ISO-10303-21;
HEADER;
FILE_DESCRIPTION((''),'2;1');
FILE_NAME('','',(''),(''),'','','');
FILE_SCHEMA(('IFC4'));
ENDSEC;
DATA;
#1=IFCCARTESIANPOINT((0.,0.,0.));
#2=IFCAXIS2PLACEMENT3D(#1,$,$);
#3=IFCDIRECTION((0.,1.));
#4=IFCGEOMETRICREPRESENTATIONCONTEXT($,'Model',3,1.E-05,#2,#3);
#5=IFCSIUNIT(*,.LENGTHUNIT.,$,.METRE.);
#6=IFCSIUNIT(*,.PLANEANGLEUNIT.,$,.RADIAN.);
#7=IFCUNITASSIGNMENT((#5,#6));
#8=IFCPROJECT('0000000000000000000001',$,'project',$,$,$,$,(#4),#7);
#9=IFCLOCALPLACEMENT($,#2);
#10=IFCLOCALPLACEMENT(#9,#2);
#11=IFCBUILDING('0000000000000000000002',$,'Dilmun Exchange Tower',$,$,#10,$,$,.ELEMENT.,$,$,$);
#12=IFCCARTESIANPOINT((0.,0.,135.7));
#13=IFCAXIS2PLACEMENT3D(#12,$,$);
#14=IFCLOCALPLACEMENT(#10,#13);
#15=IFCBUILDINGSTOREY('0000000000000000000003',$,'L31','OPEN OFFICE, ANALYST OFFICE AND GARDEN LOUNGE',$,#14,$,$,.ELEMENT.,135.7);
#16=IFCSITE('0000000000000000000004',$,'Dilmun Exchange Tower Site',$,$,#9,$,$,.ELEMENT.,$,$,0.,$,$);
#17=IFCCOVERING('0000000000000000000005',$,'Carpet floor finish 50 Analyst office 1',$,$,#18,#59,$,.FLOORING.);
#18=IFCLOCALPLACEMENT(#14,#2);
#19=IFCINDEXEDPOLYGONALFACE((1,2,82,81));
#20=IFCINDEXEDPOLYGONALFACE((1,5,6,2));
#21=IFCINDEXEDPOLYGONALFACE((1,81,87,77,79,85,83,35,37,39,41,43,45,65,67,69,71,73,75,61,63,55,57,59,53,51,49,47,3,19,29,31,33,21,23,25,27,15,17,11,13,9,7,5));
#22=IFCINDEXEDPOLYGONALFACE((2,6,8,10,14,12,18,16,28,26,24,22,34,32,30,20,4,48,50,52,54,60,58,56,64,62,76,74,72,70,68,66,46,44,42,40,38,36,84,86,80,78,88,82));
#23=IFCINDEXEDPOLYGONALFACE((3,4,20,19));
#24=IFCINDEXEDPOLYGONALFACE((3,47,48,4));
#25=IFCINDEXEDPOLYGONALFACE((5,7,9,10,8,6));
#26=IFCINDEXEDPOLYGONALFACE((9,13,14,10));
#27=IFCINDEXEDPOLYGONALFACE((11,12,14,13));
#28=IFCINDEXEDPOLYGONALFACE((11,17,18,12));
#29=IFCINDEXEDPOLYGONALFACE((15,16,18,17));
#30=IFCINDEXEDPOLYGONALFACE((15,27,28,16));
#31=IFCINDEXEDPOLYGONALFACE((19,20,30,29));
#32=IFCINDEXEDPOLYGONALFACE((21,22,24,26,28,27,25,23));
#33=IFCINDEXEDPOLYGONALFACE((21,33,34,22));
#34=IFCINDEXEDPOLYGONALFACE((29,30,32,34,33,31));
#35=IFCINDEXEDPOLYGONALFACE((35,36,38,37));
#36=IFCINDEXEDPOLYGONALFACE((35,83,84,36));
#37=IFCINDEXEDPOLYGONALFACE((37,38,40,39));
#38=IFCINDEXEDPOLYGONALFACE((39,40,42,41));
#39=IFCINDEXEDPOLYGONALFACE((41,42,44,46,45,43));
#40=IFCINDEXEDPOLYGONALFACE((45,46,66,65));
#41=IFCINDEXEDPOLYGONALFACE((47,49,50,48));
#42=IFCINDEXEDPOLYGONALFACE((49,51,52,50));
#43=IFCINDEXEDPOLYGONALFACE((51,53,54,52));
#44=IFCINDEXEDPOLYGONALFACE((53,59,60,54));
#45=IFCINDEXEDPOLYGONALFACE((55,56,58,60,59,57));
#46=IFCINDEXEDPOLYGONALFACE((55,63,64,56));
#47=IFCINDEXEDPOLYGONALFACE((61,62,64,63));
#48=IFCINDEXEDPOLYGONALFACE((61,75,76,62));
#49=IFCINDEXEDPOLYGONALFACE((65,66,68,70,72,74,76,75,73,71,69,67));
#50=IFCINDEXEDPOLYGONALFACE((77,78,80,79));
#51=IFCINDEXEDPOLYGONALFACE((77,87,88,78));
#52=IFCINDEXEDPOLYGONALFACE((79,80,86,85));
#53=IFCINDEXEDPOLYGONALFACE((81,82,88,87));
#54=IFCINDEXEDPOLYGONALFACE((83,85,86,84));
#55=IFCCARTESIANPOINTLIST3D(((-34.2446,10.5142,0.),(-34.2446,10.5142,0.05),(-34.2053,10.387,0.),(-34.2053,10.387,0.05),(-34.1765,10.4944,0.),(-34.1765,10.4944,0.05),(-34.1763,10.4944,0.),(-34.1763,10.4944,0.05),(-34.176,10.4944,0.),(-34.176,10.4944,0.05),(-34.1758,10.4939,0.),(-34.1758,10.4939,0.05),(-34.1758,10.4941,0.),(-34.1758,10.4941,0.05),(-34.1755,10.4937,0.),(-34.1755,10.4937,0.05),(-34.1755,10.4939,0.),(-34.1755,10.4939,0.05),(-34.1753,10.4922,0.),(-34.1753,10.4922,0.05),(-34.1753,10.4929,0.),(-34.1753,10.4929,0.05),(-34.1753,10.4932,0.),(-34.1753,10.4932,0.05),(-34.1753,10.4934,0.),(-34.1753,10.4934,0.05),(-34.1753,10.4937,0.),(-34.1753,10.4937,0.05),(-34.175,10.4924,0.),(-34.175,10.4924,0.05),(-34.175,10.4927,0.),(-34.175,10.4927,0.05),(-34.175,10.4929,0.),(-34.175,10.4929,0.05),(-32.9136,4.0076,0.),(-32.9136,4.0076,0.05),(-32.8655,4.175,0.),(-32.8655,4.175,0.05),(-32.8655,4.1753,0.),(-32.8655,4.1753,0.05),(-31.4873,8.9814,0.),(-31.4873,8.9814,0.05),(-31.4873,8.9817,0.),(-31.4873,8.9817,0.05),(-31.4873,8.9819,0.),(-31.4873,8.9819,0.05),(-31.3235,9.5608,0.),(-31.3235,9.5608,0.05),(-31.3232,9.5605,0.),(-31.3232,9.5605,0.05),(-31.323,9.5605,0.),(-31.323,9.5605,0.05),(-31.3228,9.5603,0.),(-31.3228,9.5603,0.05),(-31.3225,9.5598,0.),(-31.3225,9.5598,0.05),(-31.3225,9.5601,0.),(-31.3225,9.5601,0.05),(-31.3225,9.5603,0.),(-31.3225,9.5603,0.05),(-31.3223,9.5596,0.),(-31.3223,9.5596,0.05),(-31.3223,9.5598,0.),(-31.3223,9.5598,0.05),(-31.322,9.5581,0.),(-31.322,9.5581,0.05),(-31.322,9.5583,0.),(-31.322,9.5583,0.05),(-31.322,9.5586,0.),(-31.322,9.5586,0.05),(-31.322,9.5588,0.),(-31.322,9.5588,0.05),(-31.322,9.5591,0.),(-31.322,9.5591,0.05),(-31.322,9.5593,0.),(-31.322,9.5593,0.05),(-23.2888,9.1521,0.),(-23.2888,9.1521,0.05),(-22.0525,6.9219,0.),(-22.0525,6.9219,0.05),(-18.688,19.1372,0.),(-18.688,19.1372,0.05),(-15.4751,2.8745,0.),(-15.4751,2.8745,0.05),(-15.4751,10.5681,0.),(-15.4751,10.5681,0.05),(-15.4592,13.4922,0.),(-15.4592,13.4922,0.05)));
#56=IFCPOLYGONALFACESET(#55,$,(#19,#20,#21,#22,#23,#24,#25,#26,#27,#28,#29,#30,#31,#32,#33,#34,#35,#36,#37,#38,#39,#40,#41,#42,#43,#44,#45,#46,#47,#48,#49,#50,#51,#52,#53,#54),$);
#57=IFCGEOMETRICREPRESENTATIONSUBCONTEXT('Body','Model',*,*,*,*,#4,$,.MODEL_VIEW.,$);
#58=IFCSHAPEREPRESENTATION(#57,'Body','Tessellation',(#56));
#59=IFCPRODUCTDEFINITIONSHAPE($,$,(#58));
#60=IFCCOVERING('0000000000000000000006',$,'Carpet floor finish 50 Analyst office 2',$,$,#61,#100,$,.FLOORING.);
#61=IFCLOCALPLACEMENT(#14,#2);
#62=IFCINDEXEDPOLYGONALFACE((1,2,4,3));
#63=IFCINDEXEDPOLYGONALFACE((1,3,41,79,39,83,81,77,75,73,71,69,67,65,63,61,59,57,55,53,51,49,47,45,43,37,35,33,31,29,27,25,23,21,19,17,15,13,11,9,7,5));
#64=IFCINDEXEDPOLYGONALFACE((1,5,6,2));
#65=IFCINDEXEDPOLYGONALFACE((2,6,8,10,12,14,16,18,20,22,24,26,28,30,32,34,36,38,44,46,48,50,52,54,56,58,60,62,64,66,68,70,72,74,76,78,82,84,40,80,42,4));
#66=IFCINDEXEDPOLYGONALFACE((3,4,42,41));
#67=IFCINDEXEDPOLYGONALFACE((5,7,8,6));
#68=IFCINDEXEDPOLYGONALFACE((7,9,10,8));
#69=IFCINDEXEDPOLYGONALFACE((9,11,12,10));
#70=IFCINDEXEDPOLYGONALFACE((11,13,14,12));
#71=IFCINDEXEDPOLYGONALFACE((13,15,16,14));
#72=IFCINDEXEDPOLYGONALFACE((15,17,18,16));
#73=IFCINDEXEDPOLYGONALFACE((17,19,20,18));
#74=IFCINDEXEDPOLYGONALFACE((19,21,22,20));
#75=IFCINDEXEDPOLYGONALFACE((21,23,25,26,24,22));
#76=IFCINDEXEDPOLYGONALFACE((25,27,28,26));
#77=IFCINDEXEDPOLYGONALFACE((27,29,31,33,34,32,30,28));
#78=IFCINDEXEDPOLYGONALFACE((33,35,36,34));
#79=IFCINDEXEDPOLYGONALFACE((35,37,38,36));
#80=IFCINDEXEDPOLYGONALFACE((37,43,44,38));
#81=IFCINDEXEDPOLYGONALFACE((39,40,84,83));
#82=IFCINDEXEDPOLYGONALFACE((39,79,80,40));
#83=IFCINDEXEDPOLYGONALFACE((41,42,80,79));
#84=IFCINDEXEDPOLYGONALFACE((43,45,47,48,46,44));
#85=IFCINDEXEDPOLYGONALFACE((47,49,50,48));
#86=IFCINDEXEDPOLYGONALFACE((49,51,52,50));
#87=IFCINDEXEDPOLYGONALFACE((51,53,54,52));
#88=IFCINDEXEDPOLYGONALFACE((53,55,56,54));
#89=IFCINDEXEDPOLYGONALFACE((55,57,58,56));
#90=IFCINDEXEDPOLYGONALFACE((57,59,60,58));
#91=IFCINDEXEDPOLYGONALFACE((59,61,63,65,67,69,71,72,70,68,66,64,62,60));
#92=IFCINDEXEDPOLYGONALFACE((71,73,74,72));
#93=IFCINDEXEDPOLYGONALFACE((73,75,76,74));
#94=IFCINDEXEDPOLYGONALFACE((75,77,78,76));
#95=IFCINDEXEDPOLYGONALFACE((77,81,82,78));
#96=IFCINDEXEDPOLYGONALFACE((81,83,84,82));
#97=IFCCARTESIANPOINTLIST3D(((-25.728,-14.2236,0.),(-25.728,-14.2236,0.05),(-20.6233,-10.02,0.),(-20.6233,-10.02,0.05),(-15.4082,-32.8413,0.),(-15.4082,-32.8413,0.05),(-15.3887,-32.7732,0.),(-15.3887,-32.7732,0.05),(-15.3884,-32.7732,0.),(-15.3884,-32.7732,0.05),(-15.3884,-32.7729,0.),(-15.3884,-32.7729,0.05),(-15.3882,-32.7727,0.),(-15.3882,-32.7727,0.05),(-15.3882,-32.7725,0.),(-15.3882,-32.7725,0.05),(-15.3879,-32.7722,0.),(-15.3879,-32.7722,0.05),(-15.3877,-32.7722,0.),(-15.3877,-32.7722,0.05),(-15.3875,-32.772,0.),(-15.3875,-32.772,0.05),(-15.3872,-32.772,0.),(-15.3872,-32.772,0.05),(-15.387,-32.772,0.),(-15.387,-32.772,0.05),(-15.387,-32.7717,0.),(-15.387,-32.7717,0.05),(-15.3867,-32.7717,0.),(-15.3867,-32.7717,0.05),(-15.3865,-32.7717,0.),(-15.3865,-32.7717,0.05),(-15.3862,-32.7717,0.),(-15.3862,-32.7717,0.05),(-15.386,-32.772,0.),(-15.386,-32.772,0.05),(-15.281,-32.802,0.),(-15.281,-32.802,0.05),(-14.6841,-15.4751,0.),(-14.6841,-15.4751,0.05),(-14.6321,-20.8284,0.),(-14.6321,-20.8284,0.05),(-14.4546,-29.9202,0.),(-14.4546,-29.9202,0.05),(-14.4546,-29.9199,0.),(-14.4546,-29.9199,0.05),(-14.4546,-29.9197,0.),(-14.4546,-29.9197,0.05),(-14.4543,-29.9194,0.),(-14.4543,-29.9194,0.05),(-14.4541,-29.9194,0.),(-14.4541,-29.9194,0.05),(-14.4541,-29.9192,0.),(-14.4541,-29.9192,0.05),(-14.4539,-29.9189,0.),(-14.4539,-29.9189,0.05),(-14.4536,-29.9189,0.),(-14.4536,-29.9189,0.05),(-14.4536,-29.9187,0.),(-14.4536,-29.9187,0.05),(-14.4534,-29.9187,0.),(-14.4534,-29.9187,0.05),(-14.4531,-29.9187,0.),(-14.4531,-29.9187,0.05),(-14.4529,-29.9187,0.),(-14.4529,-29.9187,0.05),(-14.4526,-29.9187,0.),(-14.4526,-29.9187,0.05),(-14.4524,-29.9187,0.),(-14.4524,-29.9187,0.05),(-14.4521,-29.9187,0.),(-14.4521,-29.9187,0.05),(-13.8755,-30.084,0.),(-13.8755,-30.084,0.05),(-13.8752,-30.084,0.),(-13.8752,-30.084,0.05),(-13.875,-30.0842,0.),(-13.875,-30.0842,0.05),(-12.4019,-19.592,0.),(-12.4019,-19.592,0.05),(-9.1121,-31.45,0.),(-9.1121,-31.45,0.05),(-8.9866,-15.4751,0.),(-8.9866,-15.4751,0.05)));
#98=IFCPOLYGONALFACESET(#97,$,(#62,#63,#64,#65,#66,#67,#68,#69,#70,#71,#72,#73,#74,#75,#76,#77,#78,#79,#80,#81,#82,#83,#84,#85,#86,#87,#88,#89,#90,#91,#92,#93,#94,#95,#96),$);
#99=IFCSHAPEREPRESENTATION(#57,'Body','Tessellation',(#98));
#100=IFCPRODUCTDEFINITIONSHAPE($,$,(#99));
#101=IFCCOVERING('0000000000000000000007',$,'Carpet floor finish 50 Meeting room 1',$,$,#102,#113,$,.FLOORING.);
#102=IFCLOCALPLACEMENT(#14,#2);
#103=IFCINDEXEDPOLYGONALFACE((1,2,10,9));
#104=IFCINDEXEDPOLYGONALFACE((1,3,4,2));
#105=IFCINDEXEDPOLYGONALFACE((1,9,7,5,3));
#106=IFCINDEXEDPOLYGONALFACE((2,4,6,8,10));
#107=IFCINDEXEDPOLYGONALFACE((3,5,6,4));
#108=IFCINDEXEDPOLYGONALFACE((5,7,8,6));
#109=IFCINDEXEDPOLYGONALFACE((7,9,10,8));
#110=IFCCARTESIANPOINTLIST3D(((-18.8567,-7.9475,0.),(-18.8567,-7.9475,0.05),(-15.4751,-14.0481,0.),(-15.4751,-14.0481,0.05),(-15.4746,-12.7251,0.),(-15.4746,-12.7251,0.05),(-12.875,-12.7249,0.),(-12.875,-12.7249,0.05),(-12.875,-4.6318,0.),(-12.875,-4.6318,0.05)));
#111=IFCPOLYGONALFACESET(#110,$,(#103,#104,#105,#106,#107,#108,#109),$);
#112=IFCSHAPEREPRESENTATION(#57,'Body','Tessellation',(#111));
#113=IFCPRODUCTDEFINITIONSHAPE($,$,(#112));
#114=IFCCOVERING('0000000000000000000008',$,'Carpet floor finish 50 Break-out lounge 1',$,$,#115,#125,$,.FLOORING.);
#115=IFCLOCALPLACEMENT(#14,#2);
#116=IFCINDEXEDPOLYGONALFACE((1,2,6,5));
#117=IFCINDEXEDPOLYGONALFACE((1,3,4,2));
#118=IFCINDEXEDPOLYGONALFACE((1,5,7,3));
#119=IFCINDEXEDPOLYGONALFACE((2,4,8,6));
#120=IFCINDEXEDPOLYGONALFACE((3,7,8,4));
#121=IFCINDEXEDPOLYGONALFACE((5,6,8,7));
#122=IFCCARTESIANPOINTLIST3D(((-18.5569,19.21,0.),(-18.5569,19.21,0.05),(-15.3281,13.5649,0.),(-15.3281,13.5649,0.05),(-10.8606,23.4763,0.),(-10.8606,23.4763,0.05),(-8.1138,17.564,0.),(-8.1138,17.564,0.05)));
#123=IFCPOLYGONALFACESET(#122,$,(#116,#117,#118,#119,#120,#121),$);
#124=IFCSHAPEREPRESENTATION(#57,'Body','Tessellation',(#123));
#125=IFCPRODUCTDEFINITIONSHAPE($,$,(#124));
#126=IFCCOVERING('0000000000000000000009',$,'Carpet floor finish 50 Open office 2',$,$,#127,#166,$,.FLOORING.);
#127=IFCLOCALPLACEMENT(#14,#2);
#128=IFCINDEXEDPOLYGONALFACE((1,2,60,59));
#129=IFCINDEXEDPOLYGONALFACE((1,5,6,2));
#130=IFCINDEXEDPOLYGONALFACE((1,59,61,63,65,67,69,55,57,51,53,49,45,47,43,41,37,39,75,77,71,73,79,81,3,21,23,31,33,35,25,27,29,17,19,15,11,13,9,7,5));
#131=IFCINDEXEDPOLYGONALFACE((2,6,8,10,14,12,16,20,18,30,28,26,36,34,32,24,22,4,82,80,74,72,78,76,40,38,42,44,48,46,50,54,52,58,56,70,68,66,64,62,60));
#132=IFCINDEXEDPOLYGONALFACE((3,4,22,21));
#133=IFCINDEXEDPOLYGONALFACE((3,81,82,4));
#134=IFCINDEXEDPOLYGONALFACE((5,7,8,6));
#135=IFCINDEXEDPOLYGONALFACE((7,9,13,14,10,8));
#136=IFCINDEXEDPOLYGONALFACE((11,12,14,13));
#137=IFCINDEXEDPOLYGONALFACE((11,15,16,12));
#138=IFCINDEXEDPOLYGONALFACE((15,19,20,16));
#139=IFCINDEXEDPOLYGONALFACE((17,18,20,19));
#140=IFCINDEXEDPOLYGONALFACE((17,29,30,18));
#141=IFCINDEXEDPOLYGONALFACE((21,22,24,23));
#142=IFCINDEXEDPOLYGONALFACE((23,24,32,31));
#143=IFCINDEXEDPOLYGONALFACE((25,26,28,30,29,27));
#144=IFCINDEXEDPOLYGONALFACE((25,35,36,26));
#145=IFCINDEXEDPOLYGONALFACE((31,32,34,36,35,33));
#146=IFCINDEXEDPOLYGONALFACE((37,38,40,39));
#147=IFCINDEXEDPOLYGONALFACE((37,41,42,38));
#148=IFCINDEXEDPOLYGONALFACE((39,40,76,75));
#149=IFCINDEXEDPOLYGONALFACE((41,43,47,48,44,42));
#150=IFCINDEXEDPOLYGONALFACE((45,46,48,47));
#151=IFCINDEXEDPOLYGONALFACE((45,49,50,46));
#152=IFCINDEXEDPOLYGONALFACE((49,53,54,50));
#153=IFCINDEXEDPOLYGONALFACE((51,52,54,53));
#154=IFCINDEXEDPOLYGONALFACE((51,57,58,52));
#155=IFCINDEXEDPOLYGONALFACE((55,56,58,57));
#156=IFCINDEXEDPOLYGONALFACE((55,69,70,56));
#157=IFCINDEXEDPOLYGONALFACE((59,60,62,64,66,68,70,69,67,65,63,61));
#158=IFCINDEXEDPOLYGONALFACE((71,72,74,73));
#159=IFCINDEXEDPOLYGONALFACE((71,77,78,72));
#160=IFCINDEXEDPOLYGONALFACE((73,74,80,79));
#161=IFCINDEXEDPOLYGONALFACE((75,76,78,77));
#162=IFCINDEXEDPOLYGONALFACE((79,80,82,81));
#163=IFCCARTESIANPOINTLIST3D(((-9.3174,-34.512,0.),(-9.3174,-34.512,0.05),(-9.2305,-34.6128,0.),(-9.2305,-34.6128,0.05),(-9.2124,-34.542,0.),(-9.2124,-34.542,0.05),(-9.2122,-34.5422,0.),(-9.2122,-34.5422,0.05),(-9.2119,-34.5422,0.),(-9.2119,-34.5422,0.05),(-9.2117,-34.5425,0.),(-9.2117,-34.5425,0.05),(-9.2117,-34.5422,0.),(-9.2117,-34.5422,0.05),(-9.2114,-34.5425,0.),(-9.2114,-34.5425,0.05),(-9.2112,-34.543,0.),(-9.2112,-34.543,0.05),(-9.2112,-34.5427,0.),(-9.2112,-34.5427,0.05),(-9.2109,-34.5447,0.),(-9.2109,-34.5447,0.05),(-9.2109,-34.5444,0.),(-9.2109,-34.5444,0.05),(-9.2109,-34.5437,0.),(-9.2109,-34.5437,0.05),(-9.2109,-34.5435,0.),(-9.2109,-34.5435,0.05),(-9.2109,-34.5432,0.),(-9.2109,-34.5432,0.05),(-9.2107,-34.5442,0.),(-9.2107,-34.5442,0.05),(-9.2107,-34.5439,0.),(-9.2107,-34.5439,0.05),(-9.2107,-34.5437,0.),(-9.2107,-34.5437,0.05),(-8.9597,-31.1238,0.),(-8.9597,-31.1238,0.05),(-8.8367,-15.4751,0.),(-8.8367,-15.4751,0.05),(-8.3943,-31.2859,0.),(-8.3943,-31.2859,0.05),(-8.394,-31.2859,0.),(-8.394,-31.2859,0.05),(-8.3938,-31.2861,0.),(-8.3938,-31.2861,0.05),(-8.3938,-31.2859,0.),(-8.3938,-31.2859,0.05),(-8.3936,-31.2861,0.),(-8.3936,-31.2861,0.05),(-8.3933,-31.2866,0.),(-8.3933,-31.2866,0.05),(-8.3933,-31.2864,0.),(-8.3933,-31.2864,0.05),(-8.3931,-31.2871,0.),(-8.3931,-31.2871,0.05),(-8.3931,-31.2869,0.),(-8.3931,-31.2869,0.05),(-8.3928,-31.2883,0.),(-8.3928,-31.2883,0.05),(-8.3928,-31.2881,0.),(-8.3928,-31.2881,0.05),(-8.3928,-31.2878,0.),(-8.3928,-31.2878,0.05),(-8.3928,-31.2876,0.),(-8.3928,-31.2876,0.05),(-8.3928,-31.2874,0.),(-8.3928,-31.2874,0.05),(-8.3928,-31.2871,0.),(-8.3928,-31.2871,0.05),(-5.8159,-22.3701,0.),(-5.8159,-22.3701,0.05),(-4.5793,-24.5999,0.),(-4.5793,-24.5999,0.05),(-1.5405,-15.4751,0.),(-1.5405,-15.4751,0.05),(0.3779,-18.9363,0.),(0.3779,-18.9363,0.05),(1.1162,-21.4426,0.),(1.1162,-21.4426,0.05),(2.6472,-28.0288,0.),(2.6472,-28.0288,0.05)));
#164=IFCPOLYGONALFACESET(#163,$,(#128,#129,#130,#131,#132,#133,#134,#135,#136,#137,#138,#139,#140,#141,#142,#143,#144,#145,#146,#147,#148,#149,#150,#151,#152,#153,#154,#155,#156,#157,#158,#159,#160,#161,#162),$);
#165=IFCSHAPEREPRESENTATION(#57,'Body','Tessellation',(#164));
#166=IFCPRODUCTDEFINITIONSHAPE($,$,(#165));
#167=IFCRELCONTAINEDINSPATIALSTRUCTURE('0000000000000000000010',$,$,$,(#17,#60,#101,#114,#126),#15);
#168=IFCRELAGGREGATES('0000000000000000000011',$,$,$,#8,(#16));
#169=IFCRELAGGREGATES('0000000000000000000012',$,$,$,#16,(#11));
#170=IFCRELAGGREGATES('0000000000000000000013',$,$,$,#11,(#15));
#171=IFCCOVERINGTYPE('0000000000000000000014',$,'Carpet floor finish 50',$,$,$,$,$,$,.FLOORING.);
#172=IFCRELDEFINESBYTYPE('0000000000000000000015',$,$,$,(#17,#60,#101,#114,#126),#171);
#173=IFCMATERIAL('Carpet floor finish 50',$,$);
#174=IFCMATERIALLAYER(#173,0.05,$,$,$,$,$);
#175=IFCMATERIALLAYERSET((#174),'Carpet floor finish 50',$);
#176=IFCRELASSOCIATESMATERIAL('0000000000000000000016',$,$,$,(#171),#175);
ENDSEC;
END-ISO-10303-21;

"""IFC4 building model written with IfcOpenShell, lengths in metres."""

from ifc_helpers import new_model, si_unit, direction, frame, origin, place, context, subcontext, project, spatial, polyline, outline, extrude, material, layer, layer_set, type_object, element, save


model = new_model("IFC4")

# Units and contexts
model_context = context("Model", 3, precision=1e-05, world=origin(), true_north=direction((0.0, 1.0)))
body_context = subcontext(model_context, "Body", "Model", "MODEL_VIEW")
ifc_project = project(units=[si_unit("LENGTHUNIT", "METRE"), si_unit("PLANEANGLEUNIT", "RADIAN")], contexts=[model_context])

# Site, building, storey
site_placement = place(None, origin())
site = spatial("IfcSite", under=ifc_project, at=site_placement, Name="Dilmun Exchange Tower Site", CompositionType="ELEMENT", RefElevation=0.0)
building_placement = place(site_placement, origin())
building = spatial("IfcBuilding", under=site, at=building_placement, Name="Dilmun Exchange Tower", CompositionType="ELEMENT")
storey_placement = place(building_placement, frame((0.0, 0.0, 135.7)))
storey = spatial("IfcBuildingStorey", under=building, at=storey_placement, Name="L31", Description="OPEN OFFICE, ANALYST OFFICE AND GARDEN LOUNGE", CompositionType="ELEMENT", Elevation=135.7)

# Coverings
ifc_material_1 = material(Name="Carpet floor finish 50")
ifc_layer_1 = layer(ifc_material_1, 0.05)
ifc_layer_set_1 = layer_set([ifc_layer_1], Name="Carpet floor finish 50")
covering_type_1 = type_object("IfcCoveringType", Name="Carpet floor finish 50", PredefinedType="FLOORING", material=ifc_layer_set_1)
covering_1_placement = place(storey_placement, origin())
element("IfcCovering", 1, at=covering_1_placement, inside=storey, type_object=covering_type_1, Name="Carpet floor finish 50 Analyst office 1", PredefinedType="FLOORING", context=body_context, shape_type="SweptSolid", body=[
    extrude(outline(polyline([(-15.4592, 13.4922), (-23.2888, 9.1521), (-22.0525, 6.9219), (-15.4751, 10.5681), (-15.4751, 2.8745), (-32.9136, 4.0076), (-32.8655, 4.175), (-32.8655, 4.1753), (-32.8655, 4.1753), (-31.4873, 8.9814), (-31.4873, 8.9817), (-31.4873, 8.9817), (-31.4873, 8.9819), (-31.322, 9.5581), (-31.322, 9.5583), (-31.322, 9.5586), (-31.322, 9.5588), (-31.322, 9.5591), (-31.322, 9.5591), (-31.322, 9.5593), (-31.3223, 9.5596), (-31.3223, 9.5598), (-31.3225, 9.5598), (-31.3225, 9.5601), (-31.3225, 9.5603), (-31.3228, 9.5603), (-31.323, 9.5605), (-31.323, 9.5605), (-31.3232, 9.5605), (-31.3235, 9.5608), (-34.2053, 10.387), (-34.1753, 10.4922), (-34.1753, 10.4922), (-34.175, 10.4924), (-34.175, 10.4927), (-34.175, 10.4929), (-34.1753, 10.4929), (-34.1753, 10.4932), (-34.1753, 10.4934), (-34.1753, 10.4937), (-34.1755, 10.4937), (-34.1755, 10.4939), (-34.1758, 10.4939), (-34.1758, 10.4941), (-34.176, 10.4944), (-34.1763, 10.4944), (-34.1765, 10.4944), (-34.1765, 10.4944), (-34.2446, 10.5142), (-18.688, 19.1372), (-15.4592, 13.4922)])), origin(), (0.0, 0.0, 1.0), 0.05),
])
covering_2_placement = place(storey_placement, origin())
element("IfcCovering", 2, at=covering_2_placement, inside=storey, type_object=covering_type_1, Name="Carpet floor finish 50 Analyst office 2", PredefinedType="FLOORING", context=body_context, shape_type="SweptSolid", body=[
    extrude(outline(polyline([(-14.6841, -15.4751), (-8.9866, -15.4751), (-9.1121, -31.45), (-13.875, -30.0842), (-13.8752, -30.084), (-13.8755, -30.084), (-14.4521, -29.9187), (-14.4524, -29.9187), (-14.4524, -29.9187), (-14.4526, -29.9187), (-14.4529, -29.9187), (-14.4531, -29.9187), (-14.4534, -29.9187), (-14.4536, -29.9187), (-14.4536, -29.9189), (-14.4539, -29.9189), (-14.4541, -29.9192), (-14.4541, -29.9192), (-14.4541, -29.9194), (-14.4543, -29.9194), (-14.4546, -29.9197), (-14.4546, -29.9199), (-14.4546, -29.9202), (-15.281, -32.802), (-15.386, -32.772), (-15.3862, -32.7717), (-15.3865, -32.7717), (-15.3867, -32.7717), (-15.387, -32.7717), (-15.387, -32.772), (-15.3872, -32.772), (-15.3875, -32.772), (-15.3877, -32.7722), (-15.3877, -32.7722), (-15.3879, -32.7722), (-15.3882, -32.7725), (-15.3882, -32.7727), (-15.3882, -32.7727), (-15.3884, -32.7729), (-15.3884, -32.7732), (-15.3887, -32.7732), (-15.4082, -32.8413), (-25.728, -14.2236), (-20.6233, -10.02), (-14.6321, -20.8284), (-12.4019, -19.592), (-14.6841, -15.4751)])), origin(), (0.0, 0.0, 1.0), 0.05),
])
covering_3_placement = place(storey_placement, origin())
element("IfcCovering", 3, at=covering_3_placement, inside=storey, type_object=covering_type_1, Name="Carpet floor finish 50 Meeting room 1", PredefinedType="FLOORING", context=body_context, shape_type="SweptSolid", body=[
    extrude(outline(polyline([(-12.875, -4.6318), (-12.875, -12.7249), (-15.4746, -12.7251), (-15.4751, -14.0481), (-18.8567, -7.9475), (-12.875, -4.6318)])), origin(), (0.0, 0.0, 1.0), 0.05),
])
covering_4_placement = place(storey_placement, origin())
element("IfcCovering", 4, at=covering_4_placement, inside=storey, type_object=covering_type_1, Name="Carpet floor finish 50 Break-out lounge 1", PredefinedType="FLOORING", context=body_context, shape_type="SweptSolid", body=[
    extrude(outline(polyline([(-8.1138, 17.564), (-15.3281, 13.5649), (-18.5569, 19.21), (-10.8606, 23.4763), (-8.1138, 17.564)])), origin(), (0.0, 0.0, 1.0), 0.05),
])
covering_5_placement = place(storey_placement, origin())
element("IfcCovering", 5, at=covering_5_placement, inside=storey, type_object=covering_type_1, Name="Carpet floor finish 50 Open office 2", PredefinedType="FLOORING", context=body_context, shape_type="SweptSolid", body=[
    extrude(outline(polyline([(-8.8367, -15.4751), (-1.5405, -15.4751), (0.3779, -18.9363), (-5.8159, -22.3701), (-4.5793, -24.5999), (1.1162, -21.4426), (2.6472, -28.0288), (-9.2305, -34.6128), (-9.2109, -34.5447), (-9.2109, -34.5444), (-9.2107, -34.5442), (-9.2107, -34.5439), (-9.2107, -34.5437), (-9.2109, -34.5437), (-9.2109, -34.5435), (-9.2109, -34.5432), (-9.2112, -34.543), (-9.2112, -34.543), (-9.2112, -34.5427), (-9.2114, -34.5425), (-9.2117, -34.5425), (-9.2117, -34.5422), (-9.2119, -34.5422), (-9.2122, -34.5422), (-9.2124, -34.542), (-9.3174, -34.512), (-8.3928, -31.2883), (-8.3928, -31.2881), (-8.3928, -31.2881), (-8.3928, -31.2878), (-8.3928, -31.2876), (-8.3928, -31.2874), (-8.3928, -31.2871), (-8.3931, -31.2871), (-8.3931, -31.2869), (-8.3933, -31.2866), (-8.3933, -31.2866), (-8.3933, -31.2864), (-8.3936, -31.2861), (-8.3938, -31.2861), (-8.3938, -31.2859), (-8.394, -31.2859), (-8.3943, -31.2859), (-8.9597, -31.1238), (-8.8367, -15.4751)])), origin(), (0.0, 0.0, 1.0), 0.05),
])

save(model, "model.ifc")
